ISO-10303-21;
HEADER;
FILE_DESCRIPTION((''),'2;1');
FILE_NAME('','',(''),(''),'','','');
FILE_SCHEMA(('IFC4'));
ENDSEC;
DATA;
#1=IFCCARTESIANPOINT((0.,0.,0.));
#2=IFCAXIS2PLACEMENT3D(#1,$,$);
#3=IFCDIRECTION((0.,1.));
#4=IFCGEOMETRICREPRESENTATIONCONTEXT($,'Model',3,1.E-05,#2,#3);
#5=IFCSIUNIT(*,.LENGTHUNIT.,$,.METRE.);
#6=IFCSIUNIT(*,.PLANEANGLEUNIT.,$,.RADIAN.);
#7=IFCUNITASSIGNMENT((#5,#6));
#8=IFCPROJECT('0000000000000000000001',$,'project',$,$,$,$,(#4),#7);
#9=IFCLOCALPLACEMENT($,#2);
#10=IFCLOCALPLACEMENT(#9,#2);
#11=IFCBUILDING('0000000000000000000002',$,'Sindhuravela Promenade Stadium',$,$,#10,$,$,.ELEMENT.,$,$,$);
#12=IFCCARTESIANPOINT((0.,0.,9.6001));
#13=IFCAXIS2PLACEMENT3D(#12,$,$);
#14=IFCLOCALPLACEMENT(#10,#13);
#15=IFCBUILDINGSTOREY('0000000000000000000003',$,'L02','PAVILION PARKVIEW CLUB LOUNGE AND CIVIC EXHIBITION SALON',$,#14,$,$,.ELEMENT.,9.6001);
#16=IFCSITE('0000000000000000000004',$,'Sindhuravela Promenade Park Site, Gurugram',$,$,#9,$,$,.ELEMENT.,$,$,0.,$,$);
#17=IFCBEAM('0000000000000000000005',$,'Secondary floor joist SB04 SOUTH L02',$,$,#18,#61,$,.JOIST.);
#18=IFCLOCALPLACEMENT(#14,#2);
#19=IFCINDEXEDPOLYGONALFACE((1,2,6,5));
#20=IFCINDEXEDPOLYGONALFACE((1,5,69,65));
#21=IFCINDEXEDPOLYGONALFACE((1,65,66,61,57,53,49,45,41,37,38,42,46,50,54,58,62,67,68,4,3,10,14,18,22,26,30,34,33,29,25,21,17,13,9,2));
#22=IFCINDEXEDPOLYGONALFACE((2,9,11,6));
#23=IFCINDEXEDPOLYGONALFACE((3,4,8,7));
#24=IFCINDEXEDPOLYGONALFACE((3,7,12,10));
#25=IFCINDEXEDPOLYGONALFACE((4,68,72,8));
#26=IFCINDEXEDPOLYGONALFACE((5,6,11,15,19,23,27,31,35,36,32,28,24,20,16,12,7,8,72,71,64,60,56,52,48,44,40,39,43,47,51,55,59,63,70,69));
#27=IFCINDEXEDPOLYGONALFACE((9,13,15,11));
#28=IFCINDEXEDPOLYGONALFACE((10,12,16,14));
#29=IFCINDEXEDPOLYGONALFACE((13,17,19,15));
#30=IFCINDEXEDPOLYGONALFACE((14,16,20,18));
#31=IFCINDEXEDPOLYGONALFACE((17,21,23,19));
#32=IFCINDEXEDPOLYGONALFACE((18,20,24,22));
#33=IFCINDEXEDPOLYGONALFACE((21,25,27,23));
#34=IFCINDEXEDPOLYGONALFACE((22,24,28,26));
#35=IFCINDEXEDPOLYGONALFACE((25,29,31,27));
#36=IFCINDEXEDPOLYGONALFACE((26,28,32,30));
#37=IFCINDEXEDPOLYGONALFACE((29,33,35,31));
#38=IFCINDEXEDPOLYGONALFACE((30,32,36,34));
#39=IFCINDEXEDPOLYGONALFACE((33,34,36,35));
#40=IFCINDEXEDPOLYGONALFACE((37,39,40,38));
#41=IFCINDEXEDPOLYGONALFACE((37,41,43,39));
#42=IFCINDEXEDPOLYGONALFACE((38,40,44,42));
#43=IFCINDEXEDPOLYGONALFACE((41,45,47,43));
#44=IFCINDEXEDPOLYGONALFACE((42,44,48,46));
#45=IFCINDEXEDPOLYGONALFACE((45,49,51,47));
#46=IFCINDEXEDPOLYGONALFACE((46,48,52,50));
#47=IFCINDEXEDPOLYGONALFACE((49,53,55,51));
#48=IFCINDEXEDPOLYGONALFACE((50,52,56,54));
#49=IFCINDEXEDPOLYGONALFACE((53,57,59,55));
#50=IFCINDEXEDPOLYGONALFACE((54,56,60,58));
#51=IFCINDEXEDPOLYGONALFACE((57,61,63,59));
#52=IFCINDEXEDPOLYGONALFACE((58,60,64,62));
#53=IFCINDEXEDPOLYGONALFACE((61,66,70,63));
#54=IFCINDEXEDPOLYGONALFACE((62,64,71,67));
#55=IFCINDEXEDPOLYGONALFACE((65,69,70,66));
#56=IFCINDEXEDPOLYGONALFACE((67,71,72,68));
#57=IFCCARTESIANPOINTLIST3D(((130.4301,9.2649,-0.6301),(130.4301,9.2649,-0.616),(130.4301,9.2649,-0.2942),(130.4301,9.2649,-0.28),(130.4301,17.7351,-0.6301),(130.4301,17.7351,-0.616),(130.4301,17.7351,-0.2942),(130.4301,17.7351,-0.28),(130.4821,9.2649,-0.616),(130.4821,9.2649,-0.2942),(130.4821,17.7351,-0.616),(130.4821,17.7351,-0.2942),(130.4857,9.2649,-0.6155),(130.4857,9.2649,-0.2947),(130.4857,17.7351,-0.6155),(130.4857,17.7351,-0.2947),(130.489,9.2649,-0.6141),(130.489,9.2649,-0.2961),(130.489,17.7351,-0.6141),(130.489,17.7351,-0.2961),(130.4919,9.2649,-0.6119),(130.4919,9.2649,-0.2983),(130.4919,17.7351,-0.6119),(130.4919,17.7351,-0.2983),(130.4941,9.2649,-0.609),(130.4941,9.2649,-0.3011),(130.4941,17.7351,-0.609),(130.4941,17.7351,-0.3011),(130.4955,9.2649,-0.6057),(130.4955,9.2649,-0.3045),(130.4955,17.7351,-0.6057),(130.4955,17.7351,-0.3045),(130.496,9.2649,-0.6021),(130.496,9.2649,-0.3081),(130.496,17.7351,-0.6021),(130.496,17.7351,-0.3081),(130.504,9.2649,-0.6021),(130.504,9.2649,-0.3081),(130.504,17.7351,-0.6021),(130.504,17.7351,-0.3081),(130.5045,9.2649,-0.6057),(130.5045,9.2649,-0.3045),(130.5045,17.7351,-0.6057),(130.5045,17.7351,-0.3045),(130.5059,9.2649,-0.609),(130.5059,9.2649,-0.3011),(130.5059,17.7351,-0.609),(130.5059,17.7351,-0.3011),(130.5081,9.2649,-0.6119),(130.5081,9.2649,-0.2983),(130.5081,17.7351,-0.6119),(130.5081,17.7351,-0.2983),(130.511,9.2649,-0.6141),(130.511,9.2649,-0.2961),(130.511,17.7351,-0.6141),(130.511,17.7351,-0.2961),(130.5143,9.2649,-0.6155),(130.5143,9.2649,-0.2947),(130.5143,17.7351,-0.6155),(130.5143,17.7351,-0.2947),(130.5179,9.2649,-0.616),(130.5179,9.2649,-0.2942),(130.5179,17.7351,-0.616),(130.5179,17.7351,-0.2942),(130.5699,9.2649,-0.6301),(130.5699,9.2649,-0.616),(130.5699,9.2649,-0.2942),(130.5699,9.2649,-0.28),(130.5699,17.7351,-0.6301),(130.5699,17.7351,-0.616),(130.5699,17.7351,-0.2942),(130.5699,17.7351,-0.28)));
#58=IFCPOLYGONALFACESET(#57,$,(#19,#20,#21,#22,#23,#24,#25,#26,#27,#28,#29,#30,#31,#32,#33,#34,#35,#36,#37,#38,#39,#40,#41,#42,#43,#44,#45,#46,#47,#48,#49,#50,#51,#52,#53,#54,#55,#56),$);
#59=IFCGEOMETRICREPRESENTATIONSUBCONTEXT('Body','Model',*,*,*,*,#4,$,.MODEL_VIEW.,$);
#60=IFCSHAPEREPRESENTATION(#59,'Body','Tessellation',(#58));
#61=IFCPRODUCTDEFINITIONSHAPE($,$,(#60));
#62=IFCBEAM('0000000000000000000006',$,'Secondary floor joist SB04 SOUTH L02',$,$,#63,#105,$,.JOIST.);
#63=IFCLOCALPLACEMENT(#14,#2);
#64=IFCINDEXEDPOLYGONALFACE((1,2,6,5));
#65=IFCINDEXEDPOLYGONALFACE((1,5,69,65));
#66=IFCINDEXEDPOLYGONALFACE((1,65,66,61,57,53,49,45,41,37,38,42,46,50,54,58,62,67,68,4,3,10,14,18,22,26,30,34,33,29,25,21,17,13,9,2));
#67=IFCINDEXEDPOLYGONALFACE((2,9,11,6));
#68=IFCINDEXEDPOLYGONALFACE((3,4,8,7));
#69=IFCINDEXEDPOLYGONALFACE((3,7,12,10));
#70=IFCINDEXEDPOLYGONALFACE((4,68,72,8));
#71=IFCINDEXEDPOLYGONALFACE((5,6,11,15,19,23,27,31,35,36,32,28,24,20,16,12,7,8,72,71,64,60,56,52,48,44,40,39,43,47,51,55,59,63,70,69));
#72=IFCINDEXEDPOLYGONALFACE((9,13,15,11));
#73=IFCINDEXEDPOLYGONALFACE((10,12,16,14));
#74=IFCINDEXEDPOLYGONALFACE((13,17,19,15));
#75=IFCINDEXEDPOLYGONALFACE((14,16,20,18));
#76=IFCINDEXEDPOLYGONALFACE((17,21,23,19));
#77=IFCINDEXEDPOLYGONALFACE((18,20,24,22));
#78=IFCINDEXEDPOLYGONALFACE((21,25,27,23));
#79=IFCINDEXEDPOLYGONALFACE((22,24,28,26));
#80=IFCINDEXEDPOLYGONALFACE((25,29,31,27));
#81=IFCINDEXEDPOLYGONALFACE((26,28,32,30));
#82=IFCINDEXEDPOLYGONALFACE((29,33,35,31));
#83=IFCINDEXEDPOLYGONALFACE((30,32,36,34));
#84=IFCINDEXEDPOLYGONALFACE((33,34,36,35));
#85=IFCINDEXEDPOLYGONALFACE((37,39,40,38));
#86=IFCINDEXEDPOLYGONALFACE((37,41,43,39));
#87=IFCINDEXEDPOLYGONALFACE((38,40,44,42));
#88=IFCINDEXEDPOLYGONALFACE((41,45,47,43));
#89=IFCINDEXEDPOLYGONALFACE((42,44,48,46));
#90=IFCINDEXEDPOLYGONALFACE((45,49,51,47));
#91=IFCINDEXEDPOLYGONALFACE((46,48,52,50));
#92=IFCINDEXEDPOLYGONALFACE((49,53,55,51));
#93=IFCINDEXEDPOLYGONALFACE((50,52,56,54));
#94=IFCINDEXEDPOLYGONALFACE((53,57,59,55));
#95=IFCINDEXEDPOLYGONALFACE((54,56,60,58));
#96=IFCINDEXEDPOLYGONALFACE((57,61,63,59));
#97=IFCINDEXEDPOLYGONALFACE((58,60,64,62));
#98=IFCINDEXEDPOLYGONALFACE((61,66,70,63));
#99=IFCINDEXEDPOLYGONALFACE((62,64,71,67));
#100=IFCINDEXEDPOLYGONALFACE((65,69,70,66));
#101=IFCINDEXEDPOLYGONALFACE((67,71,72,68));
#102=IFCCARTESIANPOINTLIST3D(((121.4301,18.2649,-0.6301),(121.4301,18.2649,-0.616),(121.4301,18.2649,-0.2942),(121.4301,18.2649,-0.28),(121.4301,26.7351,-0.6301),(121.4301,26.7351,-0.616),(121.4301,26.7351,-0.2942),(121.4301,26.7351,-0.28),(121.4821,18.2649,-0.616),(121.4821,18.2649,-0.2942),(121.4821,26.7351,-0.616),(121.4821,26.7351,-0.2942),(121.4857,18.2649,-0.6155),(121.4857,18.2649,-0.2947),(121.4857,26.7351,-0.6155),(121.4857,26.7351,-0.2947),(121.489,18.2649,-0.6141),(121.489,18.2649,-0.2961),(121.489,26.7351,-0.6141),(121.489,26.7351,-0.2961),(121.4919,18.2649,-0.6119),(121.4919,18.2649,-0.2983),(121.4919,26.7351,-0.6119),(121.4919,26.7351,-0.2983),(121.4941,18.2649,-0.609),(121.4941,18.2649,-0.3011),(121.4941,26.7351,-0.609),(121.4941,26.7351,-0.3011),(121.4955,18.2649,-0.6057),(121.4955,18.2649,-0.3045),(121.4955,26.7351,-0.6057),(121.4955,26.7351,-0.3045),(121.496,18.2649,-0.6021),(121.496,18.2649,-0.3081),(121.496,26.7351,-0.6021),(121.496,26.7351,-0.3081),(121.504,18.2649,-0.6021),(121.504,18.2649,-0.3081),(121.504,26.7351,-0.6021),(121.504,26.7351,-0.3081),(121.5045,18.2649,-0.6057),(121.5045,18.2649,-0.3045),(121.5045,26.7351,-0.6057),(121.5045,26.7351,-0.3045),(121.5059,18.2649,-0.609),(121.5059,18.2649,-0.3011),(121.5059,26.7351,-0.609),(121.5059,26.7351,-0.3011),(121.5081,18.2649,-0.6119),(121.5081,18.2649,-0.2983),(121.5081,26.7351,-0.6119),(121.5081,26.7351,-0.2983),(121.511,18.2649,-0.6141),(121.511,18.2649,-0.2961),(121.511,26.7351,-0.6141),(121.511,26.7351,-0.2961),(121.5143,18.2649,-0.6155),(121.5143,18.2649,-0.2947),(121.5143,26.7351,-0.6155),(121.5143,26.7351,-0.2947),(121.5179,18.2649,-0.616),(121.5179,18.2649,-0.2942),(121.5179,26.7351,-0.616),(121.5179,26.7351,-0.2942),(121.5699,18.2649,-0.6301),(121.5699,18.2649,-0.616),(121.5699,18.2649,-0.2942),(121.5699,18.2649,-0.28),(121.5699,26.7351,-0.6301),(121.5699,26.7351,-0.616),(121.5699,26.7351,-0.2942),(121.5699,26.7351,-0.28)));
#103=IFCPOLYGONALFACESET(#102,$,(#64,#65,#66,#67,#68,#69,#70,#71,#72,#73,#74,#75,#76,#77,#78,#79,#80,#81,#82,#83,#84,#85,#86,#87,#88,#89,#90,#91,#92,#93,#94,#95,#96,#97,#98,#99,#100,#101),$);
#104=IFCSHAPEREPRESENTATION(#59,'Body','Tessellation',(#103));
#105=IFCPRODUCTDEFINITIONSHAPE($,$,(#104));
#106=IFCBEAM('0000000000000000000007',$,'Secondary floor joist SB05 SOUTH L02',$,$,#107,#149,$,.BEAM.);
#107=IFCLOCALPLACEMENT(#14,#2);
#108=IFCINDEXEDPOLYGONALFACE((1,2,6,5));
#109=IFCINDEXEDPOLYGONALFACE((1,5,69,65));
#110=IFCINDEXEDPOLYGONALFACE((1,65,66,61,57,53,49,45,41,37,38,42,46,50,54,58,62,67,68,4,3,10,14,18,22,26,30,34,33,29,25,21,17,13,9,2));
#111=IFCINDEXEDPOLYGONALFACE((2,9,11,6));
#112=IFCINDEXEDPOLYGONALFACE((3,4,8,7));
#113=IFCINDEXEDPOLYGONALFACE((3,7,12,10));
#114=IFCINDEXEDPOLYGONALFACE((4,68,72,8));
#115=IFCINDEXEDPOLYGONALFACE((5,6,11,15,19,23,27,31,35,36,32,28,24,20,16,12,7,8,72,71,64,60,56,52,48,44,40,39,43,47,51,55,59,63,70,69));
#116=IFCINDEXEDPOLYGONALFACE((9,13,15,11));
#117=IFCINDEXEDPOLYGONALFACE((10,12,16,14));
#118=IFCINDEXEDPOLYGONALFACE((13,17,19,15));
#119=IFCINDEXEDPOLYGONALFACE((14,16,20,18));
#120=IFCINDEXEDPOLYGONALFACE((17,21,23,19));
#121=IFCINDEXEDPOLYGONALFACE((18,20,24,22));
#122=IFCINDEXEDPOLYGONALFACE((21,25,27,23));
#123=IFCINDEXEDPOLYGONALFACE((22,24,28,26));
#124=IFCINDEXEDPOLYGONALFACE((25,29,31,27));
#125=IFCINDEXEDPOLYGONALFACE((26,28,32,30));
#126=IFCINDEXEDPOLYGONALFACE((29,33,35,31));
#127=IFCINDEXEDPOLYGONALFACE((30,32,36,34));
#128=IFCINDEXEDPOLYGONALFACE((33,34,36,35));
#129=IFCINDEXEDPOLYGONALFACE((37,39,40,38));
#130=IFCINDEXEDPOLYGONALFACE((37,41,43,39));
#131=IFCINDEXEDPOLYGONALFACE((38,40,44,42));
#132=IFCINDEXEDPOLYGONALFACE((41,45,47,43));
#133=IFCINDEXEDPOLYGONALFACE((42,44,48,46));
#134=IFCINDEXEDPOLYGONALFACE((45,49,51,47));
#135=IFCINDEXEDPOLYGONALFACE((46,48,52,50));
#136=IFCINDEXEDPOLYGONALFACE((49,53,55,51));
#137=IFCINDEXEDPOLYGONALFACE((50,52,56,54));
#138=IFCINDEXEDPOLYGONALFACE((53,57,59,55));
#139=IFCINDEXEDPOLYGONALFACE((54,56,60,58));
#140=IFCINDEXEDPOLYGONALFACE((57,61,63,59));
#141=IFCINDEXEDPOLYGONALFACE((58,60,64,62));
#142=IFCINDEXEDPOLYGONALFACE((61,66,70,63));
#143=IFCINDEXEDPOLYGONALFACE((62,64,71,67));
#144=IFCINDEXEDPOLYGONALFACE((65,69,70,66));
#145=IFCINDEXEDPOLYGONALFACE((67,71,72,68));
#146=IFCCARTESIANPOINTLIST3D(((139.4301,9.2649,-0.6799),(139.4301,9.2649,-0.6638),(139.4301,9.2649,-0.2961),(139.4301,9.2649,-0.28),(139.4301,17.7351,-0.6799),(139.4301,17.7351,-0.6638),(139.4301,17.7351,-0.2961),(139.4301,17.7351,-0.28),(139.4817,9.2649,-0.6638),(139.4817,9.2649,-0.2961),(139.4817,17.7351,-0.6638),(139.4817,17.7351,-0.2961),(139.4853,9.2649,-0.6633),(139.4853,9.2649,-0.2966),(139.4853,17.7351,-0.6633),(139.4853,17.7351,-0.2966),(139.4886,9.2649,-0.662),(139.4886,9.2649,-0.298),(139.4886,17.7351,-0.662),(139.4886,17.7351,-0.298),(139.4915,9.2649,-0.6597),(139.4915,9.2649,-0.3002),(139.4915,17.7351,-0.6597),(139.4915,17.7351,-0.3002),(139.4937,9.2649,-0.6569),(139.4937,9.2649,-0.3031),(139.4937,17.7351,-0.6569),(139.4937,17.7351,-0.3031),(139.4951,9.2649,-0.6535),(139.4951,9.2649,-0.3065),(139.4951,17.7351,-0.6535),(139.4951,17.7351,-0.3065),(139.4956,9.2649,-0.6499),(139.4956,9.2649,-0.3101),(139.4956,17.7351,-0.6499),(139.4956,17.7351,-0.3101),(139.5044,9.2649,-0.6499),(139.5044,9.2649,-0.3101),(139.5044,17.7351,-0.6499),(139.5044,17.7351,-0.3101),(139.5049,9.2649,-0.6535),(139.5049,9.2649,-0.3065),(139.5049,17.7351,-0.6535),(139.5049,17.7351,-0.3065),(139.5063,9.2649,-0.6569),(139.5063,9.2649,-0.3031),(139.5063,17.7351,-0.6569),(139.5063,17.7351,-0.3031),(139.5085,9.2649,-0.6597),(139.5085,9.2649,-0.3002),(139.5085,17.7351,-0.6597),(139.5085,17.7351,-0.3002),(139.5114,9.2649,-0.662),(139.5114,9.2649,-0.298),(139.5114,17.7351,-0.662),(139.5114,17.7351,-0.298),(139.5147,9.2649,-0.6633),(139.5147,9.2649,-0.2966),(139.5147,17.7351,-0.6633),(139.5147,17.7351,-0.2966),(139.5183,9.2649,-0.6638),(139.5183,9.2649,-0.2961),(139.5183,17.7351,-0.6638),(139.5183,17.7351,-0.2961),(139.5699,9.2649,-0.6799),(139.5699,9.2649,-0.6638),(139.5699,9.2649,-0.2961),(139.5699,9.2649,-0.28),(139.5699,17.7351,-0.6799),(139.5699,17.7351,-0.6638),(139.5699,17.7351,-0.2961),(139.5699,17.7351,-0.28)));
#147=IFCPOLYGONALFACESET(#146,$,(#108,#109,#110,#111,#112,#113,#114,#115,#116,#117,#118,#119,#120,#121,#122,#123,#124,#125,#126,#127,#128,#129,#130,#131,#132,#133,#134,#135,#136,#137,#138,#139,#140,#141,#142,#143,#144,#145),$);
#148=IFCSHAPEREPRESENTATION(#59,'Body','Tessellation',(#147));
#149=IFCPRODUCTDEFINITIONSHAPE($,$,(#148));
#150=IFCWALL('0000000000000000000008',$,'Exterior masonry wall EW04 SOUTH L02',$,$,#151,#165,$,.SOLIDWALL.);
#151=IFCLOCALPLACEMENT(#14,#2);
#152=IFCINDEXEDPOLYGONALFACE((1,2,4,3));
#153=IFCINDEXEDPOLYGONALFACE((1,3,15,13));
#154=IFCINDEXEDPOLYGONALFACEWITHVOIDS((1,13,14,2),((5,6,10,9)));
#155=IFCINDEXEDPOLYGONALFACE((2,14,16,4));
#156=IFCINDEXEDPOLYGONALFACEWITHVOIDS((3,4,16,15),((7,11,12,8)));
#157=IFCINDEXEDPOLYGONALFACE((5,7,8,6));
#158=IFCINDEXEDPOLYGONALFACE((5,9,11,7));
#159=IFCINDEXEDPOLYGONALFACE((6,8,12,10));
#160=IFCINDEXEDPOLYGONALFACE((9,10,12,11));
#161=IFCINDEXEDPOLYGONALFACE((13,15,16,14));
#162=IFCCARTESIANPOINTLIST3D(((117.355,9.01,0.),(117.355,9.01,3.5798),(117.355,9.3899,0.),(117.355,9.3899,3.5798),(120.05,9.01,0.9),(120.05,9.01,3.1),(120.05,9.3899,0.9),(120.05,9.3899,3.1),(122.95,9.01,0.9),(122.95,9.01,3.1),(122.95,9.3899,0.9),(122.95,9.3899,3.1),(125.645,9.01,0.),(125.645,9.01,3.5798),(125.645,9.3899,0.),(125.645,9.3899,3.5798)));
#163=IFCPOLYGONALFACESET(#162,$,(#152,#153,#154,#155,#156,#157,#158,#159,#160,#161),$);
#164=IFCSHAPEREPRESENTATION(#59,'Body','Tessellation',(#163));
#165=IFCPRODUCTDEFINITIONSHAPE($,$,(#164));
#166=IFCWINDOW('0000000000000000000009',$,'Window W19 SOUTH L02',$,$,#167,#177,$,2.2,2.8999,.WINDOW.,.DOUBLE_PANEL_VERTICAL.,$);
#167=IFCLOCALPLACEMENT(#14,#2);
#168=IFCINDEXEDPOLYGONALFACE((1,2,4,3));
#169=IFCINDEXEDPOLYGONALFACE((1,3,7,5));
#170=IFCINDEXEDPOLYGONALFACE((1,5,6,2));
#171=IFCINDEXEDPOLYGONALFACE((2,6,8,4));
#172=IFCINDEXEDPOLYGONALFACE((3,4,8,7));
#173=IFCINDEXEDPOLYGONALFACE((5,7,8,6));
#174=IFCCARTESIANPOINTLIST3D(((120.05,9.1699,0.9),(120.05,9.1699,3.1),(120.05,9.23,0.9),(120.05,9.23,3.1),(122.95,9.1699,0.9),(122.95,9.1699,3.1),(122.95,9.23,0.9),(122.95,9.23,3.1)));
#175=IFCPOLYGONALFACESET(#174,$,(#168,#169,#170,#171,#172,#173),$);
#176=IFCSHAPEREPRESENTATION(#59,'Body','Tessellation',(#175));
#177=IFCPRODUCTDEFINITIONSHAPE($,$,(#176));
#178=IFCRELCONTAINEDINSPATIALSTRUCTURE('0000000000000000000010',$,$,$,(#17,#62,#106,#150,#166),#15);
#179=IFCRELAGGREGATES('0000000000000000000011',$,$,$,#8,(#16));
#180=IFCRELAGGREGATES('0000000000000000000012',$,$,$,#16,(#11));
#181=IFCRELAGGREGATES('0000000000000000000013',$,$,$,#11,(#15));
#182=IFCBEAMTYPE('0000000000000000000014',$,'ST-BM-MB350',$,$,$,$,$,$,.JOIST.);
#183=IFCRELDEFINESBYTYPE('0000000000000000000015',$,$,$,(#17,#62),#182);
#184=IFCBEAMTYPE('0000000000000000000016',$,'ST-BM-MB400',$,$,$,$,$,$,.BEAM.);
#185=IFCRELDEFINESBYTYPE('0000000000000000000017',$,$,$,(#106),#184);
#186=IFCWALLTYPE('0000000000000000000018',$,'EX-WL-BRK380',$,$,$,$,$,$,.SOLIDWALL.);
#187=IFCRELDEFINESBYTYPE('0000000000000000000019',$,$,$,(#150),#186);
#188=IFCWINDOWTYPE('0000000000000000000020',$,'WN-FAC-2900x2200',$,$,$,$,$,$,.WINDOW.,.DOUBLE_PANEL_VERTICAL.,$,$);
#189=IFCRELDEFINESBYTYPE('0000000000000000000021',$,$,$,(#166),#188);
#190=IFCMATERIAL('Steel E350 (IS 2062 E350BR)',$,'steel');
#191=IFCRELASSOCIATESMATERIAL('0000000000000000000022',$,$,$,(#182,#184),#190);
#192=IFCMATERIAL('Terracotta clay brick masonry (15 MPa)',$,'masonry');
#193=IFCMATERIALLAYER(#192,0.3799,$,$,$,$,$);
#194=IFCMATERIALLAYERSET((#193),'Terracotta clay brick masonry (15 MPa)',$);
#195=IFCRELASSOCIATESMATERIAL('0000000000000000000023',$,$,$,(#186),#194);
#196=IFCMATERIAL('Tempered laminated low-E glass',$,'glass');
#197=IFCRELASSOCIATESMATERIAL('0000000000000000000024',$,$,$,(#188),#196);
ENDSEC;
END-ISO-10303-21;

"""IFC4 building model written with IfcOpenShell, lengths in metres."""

from ifc_helpers import new_model, si_unit, direction, frame, frame_2d, origin, origin_2d, place, context, subcontext, project, spatial, rectangle, i_section, extrude, material, layer, layer_set, material_profile, profile_set, type_object, element, fill, save


model = new_model("IFC4")

# Units and contexts
model_context = context("Model", 3, precision=1e-05, world=origin(), true_north=direction((0.0, 1.0)))
body_context = subcontext(model_context, "Body", "Model", "MODEL_VIEW")
ifc_project = project(units=[si_unit("LENGTHUNIT", "METRE"), si_unit("PLANEANGLEUNIT", "RADIAN")], contexts=[model_context])

# Site, building, storey
site_placement = place(None, origin())
site = spatial("IfcSite", under=ifc_project, at=site_placement, Name="Sindhuravela Promenade Park Site, Gurugram", CompositionType="ELEMENT", RefElevation=0.0)
building_placement = place(site_placement, origin())
building = spatial("IfcBuilding", under=site, at=building_placement, Name="Sindhuravela Promenade Stadium", CompositionType="ELEMENT")
storey_placement = place(building_placement, frame((0.0, 0.0, 9.6001)))
storey = spatial("IfcBuildingStorey", under=building, at=storey_placement, Name="L02", Description="PAVILION PARKVIEW CLUB LOUNGE AND CIVIC EXHIBITION SALON", CompositionType="ELEMENT", Elevation=9.6001)

# Beams
ifc_material_1 = material(Name="Steel E350 (IS 2062 E350BR)", Category="steel")
ifc_material_profile_1 = material_profile(ifc_material_1, i_section(OverallWidth=0.1399, OverallDepth=0.3501, WebThickness=0.0081, FlangeThickness=0.0142, FilletRadius=0.0139, at=origin_2d()), Name="ISMB 350")
ifc_profile_set_1 = profile_set([ifc_material_profile_1], Name="Steel E350 (IS 2062 E350BR)")
beam_type_1 = type_object("IfcBeamType", Name="ST-BM-MB350", PredefinedType="JOIST", material=ifc_profile_set_1)
for number, where, z_axis, x_axis, name in (
    (1, (130.5, 9.2649, -0.4551), (0.0, 1.0, 0.0), (-1.0, 0.0, 0.0), "Secondary floor joist SB04 SOUTH L02"),
    (2, (121.5, 18.2649, -0.4551), (0.0, 1.0, 0.0), (-1.0, 0.0, 0.0), "Secondary floor joist SB04 SOUTH L02"),
):
    element("IfcBeam", number, at=place(storey_placement, frame(where, z_axis=z_axis, x_axis=x_axis)), inside=storey, type_object=beam_type_1, Name=name, PredefinedType="JOIST", context=body_context, shape_type="SweptSolid", body=[
        extrude(i_section(OverallWidth=0.1399, OverallDepth=0.3501, WebThickness=0.0081, FlangeThickness=0.0142, FilletRadius=0.0139, at=origin_2d()), origin(), (0.0, 0.0, 1.0), 8.4702),
    ])
ifc_material_profile_2 = material_profile(ifc_material_1, i_section(OverallWidth=0.1399, OverallDepth=0.3999, WebThickness=0.0088, FlangeThickness=0.0161, FilletRadius=0.0139, at=origin_2d()), Name="ISMB 400")
ifc_profile_set_2 = profile_set([ifc_material_profile_2], Name="Steel E350 (IS 2062 E350BR)")
beam_type_2 = type_object("IfcBeamType", Name="ST-BM-MB400", PredefinedType="BEAM", material=ifc_profile_set_2)
beam_1_placement = place(storey_placement, frame((139.5, 9.2649, -0.48), z_axis=(0.0, 1.0, 0.0), x_axis=(-1.0, 0.0, 0.0)))
element("IfcBeam", 3, at=beam_1_placement, inside=storey, type_object=beam_type_2, Name="Secondary floor joist SB05 SOUTH L02", PredefinedType="BEAM", context=body_context, shape_type="SweptSolid", body=[
    extrude(i_section(OverallWidth=0.1399, OverallDepth=0.3999, WebThickness=0.0088, FlangeThickness=0.0161, FilletRadius=0.0139, at=origin_2d()), origin(), (0.0, 0.0, 1.0), 8.4702),
])

# Wall, opening, window
ifc_material_2 = material(Name="Terracotta clay brick masonry (15 MPa)", Category="masonry")
ifc_layer_1 = layer(ifc_material_2, 0.3799)
ifc_layer_set_1 = layer_set([ifc_layer_1], Name="Terracotta clay brick masonry (15 MPa)")
wall_type_1 = type_object("IfcWallType", Name="EX-WL-BRK380", PredefinedType="SOLIDWALL", material=ifc_layer_set_1)
wall_1_placement = place(storey_placement, frame((125.645, 9.2, 0.0), z_axis=(0.0, 0.0, 1.0), x_axis=(-1.0, 0.0, 0.0)))
wall_1 = element("IfcWall", 4, at=wall_1_placement, inside=storey, type_object=wall_type_1, Name="Exterior masonry wall EW04 SOUTH L02", PredefinedType="SOLIDWALL", context=body_context, shape_type="SweptSolid", body=[
    extrude(rectangle(XDim=8.29, YDim=0.3799, at=frame_2d((4.145, 0.0))), origin(), (0.0, 0.0, 1.0), 3.5798),
])
opening_1_placement = place(wall_1_placement, frame((2.6951, 0.0, 0.8999)))
opening_1 = element("IfcOpeningElement", 5, at=opening_1_placement, cuts=wall_1, PredefinedType="OPENING", context=body_context, shape_type="SweptSolid", body=[
    extrude(rectangle(XDim=2.8999, YDim=2.2, at=frame_2d((1.45, 1.1001))), frame((0.0, 0.2, 0.0), z_axis=(0.0, -1.0, 0.0), x_axis=(1.0, 0.0, 0.0)), (0.0, 0.0, 1.0), 0.3999),
])
ifc_material_3 = material(Name="Tempered laminated low-E glass", Category="glass")
window_type_1 = type_object("IfcWindowType", Name="WN-FAC-2900x2200", PartitioningType="DOUBLE_PANEL_VERTICAL", PredefinedType="WINDOW", material=ifc_material_3)
window_1_placement = place(opening_1_placement, origin())
window_1 = element("IfcWindow", 6, at=window_1_placement, inside=storey, type_object=window_type_1, Name="Window W19 SOUTH L02", OverallHeight=2.2, OverallWidth=2.8999, PartitioningType="DOUBLE_PANEL_VERTICAL", PredefinedType="WINDOW", context=body_context, shape_type="SweptSolid", body=[
    extrude(rectangle(XDim=2.8999, YDim=2.2, at=frame_2d((1.45, 1.1001))), frame((0.0, 0.03, 0.0), z_axis=(0.0, -1.0, 0.0), x_axis=(1.0, 0.0, 0.0)), (0.0, 0.0, 1.0), 0.0601),
])
fill(opening_1, window_1)

save(model, "model.ifc")
